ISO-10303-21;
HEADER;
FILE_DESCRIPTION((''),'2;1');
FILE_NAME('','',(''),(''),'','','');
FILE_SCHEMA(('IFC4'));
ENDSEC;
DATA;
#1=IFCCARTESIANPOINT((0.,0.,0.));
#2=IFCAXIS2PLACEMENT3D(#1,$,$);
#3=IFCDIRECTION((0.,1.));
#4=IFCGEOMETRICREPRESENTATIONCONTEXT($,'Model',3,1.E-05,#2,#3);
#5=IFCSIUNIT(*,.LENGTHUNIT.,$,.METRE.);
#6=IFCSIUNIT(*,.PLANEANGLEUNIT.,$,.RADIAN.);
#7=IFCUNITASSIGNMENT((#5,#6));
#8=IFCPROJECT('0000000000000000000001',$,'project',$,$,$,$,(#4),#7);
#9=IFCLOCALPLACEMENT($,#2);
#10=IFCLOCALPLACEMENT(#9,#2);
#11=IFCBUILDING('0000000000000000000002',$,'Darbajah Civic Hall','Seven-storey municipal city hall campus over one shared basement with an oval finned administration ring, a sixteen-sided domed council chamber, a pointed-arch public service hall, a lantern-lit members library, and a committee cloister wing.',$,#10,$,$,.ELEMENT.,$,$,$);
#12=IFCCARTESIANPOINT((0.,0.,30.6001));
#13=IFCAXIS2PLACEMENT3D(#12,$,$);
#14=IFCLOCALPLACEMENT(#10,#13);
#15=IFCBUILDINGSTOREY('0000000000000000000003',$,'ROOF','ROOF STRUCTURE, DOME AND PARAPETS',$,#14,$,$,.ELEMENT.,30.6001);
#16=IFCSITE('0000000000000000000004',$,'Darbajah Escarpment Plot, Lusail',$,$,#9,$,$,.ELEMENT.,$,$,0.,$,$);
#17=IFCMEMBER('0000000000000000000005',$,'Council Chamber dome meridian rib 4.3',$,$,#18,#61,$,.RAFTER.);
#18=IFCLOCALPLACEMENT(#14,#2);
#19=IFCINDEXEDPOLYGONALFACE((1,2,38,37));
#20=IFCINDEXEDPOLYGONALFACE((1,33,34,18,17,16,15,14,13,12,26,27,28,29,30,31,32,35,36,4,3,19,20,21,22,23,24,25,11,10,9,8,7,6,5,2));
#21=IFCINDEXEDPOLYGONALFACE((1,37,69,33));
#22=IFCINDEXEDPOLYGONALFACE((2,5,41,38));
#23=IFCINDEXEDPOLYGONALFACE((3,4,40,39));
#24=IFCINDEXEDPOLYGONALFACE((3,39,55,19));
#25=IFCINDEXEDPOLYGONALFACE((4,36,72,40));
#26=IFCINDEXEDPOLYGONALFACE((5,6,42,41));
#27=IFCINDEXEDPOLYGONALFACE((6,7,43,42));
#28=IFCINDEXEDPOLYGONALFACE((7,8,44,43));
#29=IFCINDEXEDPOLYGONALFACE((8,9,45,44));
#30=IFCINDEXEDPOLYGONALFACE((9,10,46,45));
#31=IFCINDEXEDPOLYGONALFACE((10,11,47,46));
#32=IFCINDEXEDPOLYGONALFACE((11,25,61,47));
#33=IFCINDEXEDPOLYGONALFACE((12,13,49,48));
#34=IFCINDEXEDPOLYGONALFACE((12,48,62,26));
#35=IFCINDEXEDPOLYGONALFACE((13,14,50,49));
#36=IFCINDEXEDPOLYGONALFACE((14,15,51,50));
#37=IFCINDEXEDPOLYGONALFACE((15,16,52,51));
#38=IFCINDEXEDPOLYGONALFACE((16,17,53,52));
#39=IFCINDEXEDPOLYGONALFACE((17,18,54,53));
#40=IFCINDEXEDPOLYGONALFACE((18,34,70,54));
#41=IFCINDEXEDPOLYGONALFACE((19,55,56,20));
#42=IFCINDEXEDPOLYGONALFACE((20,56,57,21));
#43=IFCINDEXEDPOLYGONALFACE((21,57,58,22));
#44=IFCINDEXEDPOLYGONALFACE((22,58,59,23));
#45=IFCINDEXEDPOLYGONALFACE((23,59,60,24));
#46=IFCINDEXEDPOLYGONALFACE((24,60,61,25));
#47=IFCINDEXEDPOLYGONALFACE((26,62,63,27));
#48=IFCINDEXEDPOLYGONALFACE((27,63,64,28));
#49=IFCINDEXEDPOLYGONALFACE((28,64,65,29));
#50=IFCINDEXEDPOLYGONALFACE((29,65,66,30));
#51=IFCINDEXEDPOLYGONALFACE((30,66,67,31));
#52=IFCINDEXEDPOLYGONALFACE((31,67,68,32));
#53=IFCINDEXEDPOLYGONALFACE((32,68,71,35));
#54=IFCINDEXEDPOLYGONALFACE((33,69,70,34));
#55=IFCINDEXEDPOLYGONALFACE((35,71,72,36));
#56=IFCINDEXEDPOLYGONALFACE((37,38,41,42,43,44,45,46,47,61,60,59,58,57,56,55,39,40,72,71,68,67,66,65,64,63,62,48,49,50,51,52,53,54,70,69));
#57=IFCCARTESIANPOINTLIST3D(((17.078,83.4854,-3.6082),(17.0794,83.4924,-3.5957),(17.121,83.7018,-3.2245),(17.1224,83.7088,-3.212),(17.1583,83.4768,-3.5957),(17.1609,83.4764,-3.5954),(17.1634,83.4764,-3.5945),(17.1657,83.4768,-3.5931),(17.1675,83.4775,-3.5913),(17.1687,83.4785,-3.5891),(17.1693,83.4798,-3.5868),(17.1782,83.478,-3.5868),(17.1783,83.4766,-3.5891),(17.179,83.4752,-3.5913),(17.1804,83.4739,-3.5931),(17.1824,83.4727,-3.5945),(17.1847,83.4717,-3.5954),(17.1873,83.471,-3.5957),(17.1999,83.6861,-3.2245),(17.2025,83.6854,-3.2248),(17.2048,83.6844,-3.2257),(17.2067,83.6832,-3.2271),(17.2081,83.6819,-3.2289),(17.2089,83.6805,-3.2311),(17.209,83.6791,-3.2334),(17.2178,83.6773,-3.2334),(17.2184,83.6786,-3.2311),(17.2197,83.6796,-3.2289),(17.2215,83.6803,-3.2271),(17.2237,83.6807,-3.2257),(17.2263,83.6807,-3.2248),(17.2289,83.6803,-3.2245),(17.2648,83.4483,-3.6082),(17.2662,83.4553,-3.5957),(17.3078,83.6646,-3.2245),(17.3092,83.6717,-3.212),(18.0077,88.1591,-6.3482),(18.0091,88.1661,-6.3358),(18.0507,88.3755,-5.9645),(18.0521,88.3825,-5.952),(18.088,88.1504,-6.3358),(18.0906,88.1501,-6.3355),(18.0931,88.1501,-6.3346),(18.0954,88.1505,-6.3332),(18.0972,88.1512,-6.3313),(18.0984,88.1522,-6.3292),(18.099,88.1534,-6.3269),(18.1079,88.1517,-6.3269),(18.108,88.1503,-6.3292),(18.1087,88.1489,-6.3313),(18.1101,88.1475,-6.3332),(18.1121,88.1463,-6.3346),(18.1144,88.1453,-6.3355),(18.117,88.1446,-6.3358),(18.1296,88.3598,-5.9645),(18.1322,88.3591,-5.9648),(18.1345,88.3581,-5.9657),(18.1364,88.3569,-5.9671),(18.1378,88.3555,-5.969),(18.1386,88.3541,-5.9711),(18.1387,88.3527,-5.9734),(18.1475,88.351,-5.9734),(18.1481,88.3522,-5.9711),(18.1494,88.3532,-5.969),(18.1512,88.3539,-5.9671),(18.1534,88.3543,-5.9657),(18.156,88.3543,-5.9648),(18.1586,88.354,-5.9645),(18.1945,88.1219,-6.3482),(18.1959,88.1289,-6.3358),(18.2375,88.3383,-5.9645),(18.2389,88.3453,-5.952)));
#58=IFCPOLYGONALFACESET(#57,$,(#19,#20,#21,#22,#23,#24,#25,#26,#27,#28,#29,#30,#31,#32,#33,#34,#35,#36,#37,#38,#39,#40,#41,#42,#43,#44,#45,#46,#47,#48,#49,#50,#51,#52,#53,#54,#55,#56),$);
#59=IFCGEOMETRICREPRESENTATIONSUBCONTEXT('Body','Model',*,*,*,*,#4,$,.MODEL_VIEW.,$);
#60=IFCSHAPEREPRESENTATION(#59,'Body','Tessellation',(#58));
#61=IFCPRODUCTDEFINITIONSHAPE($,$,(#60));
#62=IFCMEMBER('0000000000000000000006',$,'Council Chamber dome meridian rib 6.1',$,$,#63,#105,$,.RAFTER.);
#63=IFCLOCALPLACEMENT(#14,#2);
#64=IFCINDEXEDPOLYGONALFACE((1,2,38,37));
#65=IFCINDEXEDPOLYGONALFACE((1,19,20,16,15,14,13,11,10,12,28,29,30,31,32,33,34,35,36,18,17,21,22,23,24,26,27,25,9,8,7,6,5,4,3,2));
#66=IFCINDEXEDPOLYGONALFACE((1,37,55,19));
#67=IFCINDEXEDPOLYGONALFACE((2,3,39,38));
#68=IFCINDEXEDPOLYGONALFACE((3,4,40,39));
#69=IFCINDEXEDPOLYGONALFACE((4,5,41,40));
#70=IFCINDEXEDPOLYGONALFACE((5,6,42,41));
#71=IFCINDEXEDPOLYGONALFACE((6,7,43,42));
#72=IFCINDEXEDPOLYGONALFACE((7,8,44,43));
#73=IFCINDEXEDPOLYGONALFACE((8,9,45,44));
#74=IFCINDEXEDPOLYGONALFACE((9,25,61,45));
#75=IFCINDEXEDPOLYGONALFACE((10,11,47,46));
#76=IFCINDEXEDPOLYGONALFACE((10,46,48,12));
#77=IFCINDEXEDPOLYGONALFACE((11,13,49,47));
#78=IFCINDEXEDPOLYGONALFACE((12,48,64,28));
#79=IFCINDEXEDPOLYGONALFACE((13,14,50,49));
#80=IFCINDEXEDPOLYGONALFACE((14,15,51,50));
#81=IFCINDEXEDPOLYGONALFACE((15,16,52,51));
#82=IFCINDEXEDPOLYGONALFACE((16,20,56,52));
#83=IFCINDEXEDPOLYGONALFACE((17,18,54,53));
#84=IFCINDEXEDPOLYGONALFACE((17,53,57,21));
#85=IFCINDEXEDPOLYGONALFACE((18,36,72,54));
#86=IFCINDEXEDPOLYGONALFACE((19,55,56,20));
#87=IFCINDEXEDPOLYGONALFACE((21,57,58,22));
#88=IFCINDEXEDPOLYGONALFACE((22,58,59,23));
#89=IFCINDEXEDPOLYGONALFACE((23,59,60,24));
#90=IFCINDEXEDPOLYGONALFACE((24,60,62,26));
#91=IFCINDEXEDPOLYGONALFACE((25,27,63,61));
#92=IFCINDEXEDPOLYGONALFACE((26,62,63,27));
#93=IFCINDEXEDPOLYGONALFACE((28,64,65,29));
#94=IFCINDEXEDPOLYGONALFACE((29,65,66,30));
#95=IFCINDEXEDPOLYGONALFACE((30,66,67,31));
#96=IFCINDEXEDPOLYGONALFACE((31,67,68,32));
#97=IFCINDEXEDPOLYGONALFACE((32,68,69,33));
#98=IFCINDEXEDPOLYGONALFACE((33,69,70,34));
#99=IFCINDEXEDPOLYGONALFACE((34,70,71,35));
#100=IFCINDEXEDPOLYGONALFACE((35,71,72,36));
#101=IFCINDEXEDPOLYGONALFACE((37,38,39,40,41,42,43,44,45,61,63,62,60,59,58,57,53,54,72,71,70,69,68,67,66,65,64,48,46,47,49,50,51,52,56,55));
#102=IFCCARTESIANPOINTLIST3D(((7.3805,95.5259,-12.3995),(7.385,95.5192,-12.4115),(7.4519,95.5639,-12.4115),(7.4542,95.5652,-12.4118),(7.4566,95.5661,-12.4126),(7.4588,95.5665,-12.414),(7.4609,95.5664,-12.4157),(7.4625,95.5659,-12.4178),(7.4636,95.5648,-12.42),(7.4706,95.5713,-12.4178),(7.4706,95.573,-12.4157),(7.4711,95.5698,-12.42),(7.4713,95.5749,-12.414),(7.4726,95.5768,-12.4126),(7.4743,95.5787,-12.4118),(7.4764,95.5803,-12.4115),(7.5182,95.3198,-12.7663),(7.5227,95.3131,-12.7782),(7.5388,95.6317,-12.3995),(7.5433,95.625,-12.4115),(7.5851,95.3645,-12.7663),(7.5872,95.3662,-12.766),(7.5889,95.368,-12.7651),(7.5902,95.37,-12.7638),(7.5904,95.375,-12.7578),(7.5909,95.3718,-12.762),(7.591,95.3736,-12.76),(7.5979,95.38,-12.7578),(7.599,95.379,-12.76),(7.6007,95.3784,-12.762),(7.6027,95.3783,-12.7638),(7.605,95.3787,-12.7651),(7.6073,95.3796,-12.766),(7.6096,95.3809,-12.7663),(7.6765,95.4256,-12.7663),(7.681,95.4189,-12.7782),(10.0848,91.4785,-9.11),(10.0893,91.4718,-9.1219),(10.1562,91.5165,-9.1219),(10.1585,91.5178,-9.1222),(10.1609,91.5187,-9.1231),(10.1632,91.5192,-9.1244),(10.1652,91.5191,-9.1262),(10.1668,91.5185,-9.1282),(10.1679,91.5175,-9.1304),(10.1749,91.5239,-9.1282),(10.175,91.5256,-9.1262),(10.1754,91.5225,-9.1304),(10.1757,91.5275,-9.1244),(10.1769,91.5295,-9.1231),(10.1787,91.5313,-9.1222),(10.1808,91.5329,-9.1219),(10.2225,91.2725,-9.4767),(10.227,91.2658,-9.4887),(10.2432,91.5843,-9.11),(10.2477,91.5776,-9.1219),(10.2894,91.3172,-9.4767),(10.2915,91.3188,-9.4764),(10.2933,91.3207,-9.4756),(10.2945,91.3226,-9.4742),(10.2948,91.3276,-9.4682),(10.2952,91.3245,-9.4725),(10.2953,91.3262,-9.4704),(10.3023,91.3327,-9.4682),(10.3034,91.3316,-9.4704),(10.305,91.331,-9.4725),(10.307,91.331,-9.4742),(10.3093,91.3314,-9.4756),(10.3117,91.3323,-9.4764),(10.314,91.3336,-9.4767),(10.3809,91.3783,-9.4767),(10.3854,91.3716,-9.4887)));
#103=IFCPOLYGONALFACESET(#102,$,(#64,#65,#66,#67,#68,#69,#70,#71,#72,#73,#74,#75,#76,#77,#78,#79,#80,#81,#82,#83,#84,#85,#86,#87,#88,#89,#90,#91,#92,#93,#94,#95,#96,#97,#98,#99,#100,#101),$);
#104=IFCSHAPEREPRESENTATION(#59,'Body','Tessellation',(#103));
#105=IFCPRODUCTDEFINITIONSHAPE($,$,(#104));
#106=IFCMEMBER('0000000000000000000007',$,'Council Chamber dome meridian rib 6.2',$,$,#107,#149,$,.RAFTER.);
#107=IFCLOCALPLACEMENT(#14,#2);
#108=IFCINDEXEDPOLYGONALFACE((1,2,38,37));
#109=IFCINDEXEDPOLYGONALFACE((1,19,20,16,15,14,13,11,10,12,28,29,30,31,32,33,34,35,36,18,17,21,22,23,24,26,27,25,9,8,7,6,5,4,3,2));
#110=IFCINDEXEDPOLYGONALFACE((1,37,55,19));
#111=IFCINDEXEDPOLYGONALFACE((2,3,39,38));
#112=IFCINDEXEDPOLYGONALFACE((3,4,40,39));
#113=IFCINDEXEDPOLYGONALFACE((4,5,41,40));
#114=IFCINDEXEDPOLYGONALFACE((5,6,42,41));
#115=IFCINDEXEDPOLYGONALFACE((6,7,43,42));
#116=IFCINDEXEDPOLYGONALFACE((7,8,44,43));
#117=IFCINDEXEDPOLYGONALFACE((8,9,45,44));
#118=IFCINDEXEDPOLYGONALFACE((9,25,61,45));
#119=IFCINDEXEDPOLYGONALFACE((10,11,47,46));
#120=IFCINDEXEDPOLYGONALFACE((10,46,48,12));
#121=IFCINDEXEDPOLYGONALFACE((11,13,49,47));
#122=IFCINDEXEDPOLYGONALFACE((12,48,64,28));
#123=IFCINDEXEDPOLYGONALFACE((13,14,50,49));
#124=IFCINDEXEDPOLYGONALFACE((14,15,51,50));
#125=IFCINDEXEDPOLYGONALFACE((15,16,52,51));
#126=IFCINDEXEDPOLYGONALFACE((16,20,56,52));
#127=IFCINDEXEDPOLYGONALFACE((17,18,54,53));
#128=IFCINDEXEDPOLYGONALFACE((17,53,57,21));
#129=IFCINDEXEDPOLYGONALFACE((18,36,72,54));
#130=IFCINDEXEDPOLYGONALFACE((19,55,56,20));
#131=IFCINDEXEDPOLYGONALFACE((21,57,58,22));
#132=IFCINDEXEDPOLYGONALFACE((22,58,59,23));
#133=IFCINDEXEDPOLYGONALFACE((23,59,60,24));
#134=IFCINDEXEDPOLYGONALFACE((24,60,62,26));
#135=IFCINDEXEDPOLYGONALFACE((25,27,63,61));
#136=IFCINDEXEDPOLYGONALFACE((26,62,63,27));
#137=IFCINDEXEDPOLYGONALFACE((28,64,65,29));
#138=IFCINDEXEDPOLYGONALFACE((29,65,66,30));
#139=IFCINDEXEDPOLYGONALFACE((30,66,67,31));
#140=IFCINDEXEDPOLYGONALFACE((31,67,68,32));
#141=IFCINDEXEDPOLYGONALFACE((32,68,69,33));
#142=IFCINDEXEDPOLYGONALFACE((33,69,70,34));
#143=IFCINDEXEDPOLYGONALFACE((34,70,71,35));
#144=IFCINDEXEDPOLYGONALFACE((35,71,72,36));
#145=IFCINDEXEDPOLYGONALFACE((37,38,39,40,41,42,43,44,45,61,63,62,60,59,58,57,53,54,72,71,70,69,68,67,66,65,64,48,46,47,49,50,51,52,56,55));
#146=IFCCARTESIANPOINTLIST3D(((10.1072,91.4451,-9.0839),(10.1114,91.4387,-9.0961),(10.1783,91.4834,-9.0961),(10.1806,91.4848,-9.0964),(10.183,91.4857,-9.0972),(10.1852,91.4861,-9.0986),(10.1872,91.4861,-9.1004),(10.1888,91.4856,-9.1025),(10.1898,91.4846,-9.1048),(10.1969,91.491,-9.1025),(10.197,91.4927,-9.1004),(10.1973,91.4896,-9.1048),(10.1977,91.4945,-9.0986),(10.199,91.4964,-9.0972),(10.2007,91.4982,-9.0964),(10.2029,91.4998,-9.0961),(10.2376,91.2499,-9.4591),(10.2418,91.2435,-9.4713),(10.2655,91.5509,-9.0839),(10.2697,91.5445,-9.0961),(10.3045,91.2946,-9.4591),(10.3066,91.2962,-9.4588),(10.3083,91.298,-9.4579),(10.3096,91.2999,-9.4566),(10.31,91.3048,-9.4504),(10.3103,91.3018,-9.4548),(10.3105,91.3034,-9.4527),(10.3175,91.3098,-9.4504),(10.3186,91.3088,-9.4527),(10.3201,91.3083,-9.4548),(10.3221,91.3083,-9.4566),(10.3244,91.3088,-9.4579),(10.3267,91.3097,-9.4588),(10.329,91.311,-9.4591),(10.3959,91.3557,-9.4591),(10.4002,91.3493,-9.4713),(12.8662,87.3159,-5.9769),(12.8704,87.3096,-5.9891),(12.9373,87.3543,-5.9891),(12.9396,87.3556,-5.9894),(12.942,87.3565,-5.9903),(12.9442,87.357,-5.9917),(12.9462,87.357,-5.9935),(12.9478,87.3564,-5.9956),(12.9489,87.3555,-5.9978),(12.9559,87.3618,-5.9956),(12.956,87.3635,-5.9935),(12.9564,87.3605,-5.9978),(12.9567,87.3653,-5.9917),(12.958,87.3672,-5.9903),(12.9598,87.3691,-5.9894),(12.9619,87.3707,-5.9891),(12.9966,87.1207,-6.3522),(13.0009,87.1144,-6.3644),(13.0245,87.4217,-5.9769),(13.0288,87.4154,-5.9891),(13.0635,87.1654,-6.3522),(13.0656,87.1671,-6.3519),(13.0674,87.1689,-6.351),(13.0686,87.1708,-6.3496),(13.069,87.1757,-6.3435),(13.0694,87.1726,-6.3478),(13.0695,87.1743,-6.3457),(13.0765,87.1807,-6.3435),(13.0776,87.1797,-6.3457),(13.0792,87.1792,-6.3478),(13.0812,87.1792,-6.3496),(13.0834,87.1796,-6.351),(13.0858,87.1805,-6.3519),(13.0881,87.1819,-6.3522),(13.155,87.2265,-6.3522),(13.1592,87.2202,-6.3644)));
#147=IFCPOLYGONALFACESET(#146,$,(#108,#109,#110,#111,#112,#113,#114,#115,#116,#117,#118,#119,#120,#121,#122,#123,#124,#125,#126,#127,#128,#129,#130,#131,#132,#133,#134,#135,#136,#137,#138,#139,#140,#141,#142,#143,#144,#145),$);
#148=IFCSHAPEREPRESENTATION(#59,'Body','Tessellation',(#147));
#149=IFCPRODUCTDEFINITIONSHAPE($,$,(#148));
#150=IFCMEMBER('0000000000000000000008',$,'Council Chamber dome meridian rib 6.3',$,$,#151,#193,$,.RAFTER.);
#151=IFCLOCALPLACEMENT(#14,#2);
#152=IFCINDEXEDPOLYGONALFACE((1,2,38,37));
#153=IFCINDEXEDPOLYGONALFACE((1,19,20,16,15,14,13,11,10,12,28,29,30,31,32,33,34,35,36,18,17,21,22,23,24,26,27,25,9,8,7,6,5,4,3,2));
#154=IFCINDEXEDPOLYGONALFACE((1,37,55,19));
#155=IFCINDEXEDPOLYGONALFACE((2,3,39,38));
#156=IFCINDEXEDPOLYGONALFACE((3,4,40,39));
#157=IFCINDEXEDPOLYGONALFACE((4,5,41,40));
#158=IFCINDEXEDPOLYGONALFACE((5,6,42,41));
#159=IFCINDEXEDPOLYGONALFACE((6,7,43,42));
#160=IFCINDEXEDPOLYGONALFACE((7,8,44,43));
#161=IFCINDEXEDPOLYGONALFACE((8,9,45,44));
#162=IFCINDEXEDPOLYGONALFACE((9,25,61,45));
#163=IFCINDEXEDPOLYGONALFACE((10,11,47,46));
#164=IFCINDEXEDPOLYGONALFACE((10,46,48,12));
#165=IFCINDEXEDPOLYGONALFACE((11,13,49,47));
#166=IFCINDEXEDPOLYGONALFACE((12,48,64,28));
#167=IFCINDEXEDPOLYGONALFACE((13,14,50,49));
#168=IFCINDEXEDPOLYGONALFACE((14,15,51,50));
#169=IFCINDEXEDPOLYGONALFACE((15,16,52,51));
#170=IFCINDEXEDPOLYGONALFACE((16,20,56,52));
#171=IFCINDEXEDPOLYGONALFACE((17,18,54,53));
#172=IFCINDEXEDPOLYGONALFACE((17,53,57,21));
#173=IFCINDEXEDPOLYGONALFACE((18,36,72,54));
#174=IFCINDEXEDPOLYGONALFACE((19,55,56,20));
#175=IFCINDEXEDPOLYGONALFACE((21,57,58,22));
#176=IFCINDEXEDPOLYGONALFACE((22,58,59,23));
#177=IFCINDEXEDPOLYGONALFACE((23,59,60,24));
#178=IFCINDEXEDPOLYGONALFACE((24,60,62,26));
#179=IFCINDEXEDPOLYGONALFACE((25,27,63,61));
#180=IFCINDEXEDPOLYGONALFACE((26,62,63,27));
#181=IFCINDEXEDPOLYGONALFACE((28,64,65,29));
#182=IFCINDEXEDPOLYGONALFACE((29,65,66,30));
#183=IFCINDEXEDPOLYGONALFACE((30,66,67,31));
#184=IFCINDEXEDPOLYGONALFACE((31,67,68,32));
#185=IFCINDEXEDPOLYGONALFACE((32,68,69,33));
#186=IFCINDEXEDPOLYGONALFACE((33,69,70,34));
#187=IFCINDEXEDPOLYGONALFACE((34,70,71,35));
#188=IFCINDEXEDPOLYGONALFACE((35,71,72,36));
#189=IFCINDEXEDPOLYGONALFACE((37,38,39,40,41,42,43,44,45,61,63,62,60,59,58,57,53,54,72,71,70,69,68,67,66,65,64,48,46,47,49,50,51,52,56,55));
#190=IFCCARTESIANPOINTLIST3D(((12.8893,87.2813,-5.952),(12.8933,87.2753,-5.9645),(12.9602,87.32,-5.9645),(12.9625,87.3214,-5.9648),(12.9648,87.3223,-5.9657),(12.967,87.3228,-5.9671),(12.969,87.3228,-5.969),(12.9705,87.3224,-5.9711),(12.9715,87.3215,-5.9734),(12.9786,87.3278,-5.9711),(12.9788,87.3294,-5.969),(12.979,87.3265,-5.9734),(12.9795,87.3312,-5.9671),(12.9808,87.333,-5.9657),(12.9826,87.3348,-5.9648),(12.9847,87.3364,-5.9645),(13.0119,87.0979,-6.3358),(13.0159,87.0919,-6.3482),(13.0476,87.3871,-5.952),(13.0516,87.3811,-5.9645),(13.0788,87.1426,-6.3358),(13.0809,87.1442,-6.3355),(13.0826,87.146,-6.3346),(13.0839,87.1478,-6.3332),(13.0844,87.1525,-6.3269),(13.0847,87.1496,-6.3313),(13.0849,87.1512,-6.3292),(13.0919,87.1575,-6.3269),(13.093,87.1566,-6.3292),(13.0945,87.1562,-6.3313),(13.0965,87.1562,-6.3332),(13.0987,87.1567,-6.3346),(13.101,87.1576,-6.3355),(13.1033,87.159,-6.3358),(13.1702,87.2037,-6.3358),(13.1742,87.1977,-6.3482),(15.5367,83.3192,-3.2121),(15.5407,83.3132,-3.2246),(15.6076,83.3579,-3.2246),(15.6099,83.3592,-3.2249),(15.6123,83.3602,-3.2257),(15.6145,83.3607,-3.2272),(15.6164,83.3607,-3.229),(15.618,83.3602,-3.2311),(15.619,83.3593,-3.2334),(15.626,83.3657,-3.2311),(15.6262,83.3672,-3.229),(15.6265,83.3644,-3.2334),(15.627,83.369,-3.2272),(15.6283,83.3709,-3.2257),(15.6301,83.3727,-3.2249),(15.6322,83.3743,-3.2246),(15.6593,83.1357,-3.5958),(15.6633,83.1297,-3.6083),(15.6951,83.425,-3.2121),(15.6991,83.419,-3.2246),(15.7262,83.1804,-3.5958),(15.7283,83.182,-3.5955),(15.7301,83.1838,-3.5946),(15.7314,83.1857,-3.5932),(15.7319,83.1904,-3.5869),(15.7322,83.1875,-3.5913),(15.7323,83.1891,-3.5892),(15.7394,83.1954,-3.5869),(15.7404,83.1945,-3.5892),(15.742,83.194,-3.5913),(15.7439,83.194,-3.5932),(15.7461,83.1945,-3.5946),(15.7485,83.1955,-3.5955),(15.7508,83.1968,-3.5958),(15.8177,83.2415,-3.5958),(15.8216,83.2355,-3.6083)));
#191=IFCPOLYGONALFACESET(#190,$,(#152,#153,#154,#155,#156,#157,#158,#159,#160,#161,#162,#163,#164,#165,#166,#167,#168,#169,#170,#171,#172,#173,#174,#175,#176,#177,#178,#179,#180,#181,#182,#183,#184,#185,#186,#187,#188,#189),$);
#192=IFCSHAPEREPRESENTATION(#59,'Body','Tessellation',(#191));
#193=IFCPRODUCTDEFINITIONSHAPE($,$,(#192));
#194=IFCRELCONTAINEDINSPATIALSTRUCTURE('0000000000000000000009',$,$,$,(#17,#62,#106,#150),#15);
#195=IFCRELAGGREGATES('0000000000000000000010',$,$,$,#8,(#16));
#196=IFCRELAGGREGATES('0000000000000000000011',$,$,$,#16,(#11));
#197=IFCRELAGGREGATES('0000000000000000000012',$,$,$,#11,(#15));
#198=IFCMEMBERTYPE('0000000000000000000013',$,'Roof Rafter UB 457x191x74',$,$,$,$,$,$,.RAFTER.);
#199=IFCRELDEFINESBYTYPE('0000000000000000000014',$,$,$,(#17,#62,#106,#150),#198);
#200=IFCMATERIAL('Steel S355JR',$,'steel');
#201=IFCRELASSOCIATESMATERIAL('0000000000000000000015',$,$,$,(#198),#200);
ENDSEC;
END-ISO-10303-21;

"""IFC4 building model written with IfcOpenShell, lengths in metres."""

from ifc_helpers import new_model, si_unit, direction, frame, origin, origin_2d, place, context, subcontext, project, spatial, i_section, extrude, material, material_profile, profile_set, type_object, element, save


model = new_model("IFC4")

# Units and contexts
model_context = context("Model", 3, precision=1e-05, world=origin(), true_north=direction((0.0, 1.0)))
body_context = subcontext(model_context, "Body", "Model", "MODEL_VIEW")
ifc_project = project(units=[si_unit("LENGTHUNIT", "METRE"), si_unit("PLANEANGLEUNIT", "RADIAN")], contexts=[model_context])

# Site, building, storey
site_placement = place(None, origin())
site = spatial("IfcSite", under=ifc_project, at=site_placement, Name="Darbajah Escarpment Plot, Lusail", CompositionType="ELEMENT", RefElevation=0.0)
building_placement = place(site_placement, origin())
building = spatial("IfcBuilding", under=site, at=building_placement, Name="Darbajah Civic Hall", Description="Seven-storey municipal city hall campus over one shared basement with an oval finned administration ring, a sixteen-sided domed council chamber, a pointed-arch public service hall, a lantern-lit members library, and a committee cloister wing.", CompositionType="ELEMENT")
storey_placement = place(building_placement, frame((0.0, 0.0, 30.6001)))
storey = spatial("IfcBuildingStorey", under=building, at=storey_placement, Name="ROOF", Description="ROOF STRUCTURE, DOME AND PARAPETS", CompositionType="ELEMENT", Elevation=30.6001)

# Members
ifc_material = material(Name="Steel S355JR", Category="steel")
ifc_material_profile_1 = material_profile(ifc_material, i_section(OverallWidth=0.1904, OverallDepth=0.457, WebThickness=0.009, FlangeThickness=0.0144, FilletRadius=0.0103, at=origin_2d()), Name="UB 457x191x74")
ifc_profile_set_1 = profile_set([ifc_material_profile_1], Name="Steel S355JR")
member_type_1 = type_object("IfcMemberType", Name="Roof Rafter UB 457x191x74", PredefinedType="RAFTER", material=ifc_profile_set_1)
member_1_placement = place(storey_placement, frame((18.1233, 88.2522, -6.1501), z_axis=(-0.169134, -0.850245, 0.498475), x_axis=(0.980783, -0.195101, 0.0)))
element("IfcMember", 1, at=member_1_placement, inside=storey, type_object=member_type_1, Name="Council Chamber dome meridian rib 4.3", PredefinedType="RAFTER", context=body_context, shape_type="SweptSolid", body=[
    extrude(i_section(OverallWidth=0.1904, OverallDepth=0.457, WebThickness=0.009, FlangeThickness=0.0144, FilletRadius=0.0103, at=origin_2d()), origin(), (0.0, 0.0, 1.0), 5.4968),
])
member_2_placement = place(storey_placement, frame((7.5308, 95.4724, -12.5889), z_axis=(0.460313, -0.688911, 0.559922), x_axis=(0.831471, 0.555568, 0.0)))
element("IfcMember", 2, at=member_2_placement, inside=storey, type_object=member_type_1, Name="Council Chamber dome meridian rib 6.1", PredefinedType="RAFTER", context=body_context, shape_type="SweptSolid", body=[
    extrude(i_section(OverallWidth=0.1904, OverallDepth=0.457, WebThickness=0.009, FlangeThickness=0.0144, FilletRadius=0.0103, at=origin_2d()), origin(), (0.0, 0.0, 1.0), 5.875),
])
member_3_placement = place(storey_placement, frame((10.2537, 91.3972, -9.2776), z_axis=(0.470992, -0.704884, 0.530382), x_axis=(0.831467, 0.555573, 0.0)))
element("IfcMember", 3, at=member_3_placement, inside=storey, type_object=member_type_1, Name="Council Chamber dome meridian rib 6.2", PredefinedType="RAFTER", context=body_context, shape_type="SweptSolid", body=[
    extrude(i_section(OverallWidth=0.1904, OverallDepth=0.457, WebThickness=0.009, FlangeThickness=0.0144, FilletRadius=0.0103, at=origin_2d()), origin(), (0.0, 0.0, 1.0), 5.8579),
])
member_4_placement = place(storey_placement, frame((13.0317, 87.2395, -6.1501), z_axis=(0.481633, -0.720806, 0.498466), x_axis=(0.831467, 0.555575, 0.0)))
element("IfcMember", 4, at=member_4_placement, inside=storey, type_object=member_type_1, Name="Council Chamber dome meridian rib 6.3", PredefinedType="RAFTER", context=body_context, shape_type="SweptSolid", body=[
    extrude(i_section(OverallWidth=0.1904, OverallDepth=0.457, WebThickness=0.009, FlangeThickness=0.0144, FilletRadius=0.0103, at=origin_2d()), origin(), (0.0, 0.0, 1.0), 5.4968),
])

save(model, "model.ifc")
